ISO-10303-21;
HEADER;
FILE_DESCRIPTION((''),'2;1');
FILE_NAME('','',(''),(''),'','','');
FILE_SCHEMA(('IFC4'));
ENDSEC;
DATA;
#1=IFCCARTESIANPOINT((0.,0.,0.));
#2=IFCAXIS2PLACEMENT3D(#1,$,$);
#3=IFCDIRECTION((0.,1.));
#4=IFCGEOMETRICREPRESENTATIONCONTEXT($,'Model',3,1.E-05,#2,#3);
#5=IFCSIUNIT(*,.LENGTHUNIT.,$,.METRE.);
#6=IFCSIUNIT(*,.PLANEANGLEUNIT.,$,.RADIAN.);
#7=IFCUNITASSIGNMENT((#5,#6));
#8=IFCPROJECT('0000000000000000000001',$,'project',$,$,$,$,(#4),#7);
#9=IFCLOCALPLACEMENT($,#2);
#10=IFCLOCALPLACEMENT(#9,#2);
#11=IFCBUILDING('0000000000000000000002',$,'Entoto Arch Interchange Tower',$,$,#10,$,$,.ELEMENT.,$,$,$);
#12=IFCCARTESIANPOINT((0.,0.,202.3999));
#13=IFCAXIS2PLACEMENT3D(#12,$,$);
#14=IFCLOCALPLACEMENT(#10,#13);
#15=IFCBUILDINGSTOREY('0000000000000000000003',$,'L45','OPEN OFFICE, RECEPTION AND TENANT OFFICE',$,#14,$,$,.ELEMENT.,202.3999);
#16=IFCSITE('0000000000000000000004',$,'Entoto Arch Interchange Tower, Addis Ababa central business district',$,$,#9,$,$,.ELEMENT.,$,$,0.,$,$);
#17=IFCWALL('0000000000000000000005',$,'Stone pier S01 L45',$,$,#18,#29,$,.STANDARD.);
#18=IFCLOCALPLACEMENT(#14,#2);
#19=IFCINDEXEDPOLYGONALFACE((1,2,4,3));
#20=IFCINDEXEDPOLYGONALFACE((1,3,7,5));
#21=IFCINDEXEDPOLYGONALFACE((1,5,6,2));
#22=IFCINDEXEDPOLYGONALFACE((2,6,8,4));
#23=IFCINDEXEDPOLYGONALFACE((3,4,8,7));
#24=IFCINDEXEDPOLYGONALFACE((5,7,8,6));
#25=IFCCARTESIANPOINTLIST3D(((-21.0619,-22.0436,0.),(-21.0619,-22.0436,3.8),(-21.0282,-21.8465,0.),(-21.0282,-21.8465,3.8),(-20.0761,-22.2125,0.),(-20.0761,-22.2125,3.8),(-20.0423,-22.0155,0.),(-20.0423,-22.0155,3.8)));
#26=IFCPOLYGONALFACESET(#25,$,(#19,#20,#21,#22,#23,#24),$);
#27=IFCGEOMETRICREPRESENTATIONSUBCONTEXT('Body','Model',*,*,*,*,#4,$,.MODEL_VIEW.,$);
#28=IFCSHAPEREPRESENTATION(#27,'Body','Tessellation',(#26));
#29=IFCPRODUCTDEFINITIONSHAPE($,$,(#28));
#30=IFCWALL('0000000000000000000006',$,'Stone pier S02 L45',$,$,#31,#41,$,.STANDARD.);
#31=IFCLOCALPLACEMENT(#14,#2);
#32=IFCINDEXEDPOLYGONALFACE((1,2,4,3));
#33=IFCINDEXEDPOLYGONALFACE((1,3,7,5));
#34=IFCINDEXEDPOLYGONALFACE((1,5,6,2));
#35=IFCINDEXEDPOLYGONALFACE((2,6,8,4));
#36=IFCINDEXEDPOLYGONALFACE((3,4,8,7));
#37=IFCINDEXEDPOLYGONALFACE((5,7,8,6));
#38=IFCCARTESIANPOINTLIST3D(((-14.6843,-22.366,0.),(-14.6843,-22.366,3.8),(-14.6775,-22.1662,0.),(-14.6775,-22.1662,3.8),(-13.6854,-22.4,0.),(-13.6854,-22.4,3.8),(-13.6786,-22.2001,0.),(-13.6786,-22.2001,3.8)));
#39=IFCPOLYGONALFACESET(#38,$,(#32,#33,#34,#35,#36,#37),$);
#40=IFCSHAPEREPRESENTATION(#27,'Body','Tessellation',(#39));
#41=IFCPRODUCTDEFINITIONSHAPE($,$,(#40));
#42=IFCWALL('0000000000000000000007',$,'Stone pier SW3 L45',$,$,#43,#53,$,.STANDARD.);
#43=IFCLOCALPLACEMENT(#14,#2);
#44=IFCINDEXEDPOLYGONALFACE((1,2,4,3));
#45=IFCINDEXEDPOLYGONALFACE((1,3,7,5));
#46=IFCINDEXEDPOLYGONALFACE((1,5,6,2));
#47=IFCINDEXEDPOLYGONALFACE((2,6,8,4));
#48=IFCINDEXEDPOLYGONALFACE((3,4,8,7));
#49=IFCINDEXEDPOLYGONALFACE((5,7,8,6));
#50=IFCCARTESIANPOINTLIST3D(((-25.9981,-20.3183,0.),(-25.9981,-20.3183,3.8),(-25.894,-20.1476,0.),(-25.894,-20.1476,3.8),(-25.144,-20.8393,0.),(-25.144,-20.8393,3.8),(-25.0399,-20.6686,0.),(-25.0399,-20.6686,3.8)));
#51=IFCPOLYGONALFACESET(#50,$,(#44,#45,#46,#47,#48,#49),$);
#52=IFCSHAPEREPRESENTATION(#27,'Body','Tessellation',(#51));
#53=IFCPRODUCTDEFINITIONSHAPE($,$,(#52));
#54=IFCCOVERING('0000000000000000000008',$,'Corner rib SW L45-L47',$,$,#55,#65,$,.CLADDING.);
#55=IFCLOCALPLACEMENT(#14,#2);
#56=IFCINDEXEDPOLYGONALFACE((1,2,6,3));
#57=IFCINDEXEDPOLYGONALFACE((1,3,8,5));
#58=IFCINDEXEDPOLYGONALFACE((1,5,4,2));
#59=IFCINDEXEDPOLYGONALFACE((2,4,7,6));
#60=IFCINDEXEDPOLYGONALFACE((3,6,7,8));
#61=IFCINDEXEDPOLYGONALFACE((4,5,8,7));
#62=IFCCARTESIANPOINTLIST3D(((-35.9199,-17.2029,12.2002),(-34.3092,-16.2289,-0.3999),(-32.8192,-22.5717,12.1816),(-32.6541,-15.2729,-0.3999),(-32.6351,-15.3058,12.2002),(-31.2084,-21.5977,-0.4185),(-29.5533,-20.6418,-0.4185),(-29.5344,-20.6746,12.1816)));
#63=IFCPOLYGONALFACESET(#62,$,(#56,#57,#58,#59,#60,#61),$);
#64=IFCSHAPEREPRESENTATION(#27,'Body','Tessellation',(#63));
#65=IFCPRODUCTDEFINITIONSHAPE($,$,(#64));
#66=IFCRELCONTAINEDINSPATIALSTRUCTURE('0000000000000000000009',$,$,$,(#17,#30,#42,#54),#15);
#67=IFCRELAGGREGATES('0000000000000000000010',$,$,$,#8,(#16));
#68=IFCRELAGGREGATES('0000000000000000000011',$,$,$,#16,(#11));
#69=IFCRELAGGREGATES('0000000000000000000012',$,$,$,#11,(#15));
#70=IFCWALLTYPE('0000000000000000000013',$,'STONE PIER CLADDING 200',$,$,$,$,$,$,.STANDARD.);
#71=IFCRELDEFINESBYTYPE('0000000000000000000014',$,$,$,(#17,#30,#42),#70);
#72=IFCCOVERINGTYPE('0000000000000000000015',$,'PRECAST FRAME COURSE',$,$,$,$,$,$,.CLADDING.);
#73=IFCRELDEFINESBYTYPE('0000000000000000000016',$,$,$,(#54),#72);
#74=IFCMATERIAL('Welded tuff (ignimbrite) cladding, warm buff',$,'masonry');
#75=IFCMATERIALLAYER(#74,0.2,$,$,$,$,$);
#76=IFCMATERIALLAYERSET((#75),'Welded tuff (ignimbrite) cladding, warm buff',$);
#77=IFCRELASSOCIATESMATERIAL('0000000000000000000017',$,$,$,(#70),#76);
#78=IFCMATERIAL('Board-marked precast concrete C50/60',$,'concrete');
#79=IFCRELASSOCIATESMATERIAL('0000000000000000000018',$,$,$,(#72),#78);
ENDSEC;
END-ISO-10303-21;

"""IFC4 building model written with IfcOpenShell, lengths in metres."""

from ifc_helpers import new_model, si_unit, direction, frame, frame_2d, origin, place, context, subcontext, project, spatial, polyline, rectangle, outline, extrude, material, layer, layer_set, type_object, element, save


model = new_model("IFC4")

# Units and contexts
model_context = context("Model", 3, precision=1e-05, world=origin(), true_north=direction((0.0, 1.0)))
body_context = subcontext(model_context, "Body", "Model", "MODEL_VIEW")
ifc_project = project(units=[si_unit("LENGTHUNIT", "METRE"), si_unit("PLANEANGLEUNIT", "RADIAN")], contexts=[model_context])

# Site, building, storey
site_placement = place(None, origin())
site = spatial("IfcSite", under=ifc_project, at=site_placement, Name="Entoto Arch Interchange Tower, Addis Ababa central business district", CompositionType="ELEMENT", RefElevation=0.0)
building_placement = place(site_placement, origin())
building = spatial("IfcBuilding", under=site, at=building_placement, Name="Entoto Arch Interchange Tower", CompositionType="ELEMENT")
storey_placement = place(building_placement, frame((0.0, 0.0, 202.3999)))
storey = spatial("IfcBuildingStorey", under=building, at=storey_placement, Name="L45", Description="OPEN OFFICE, RECEPTION AND TENANT OFFICE", CompositionType="ELEMENT", Elevation=202.3999)

# Shared definitions
ifc_material_1 = material(Name="Welded tuff (ignimbrite) cladding, warm buff", Category="masonry")

# Walls
ifc_layer_1 = layer(ifc_material_1, 0.2)
ifc_layer_set_1 = layer_set([ifc_layer_1], Name="Welded tuff (ignimbrite) cladding, warm buff")
wall_type_1 = type_object("IfcWallType", Name="STONE PIER CLADDING 200", PredefinedType="STANDARD", material=ifc_layer_set_1)
wall_1_placement = place(storey_placement, frame((-21.0449, -21.9451, 0.0), z_axis=(0.0, 0.0, 1.0), x_axis=(0.985632, -0.16891, 0.0)))
element("IfcWall", 1, at=wall_1_placement, inside=storey, type_object=wall_type_1, Name="Stone pier S01 L45", PredefinedType="STANDARD", context=body_context, shape_type="SweptSolid", body=[
    extrude(rectangle(XDim=1.0002, YDim=0.2, at=frame_2d((0.5, 0.0))), origin(), (0.0, 0.0, 1.0), 3.8),
])
wall_2_placement = place(storey_placement, frame((-14.6809, -22.2661, 0.0), z_axis=(0.0, 0.0, 1.0), x_axis=(0.999424, -0.033949, 0.0)))
element("IfcWall", 2, at=wall_2_placement, inside=storey, type_object=wall_type_1, Name="Stone pier S02 L45", PredefinedType="STANDARD", context=body_context, shape_type="SweptSolid", body=[
    extrude(rectangle(XDim=0.9995, YDim=0.2, at=frame_2d((0.4998, 0.0))), origin(), (0.0, 0.0, 1.0), 3.8),
])
wall_3_placement = place(storey_placement, frame((-25.946, -20.2329, 0.0), z_axis=(0.0, 0.0, 1.0), x_axis=(0.85368, -0.520798, 0.0)))
element("IfcWall", 3, at=wall_3_placement, inside=storey, type_object=wall_type_1, Name="Stone pier SW3 L45", PredefinedType="STANDARD", context=body_context, shape_type="SweptSolid", body=[
    extrude(rectangle(XDim=1.0005, YDim=0.2, at=frame_2d((0.5002, 0.0))), origin(), (0.0, 0.0, 1.0), 3.8),
])

# Covering
ifc_material_2 = material(Name="Board-marked precast concrete C50/60", Category="concrete")
covering_type = type_object("IfcCoveringType", Name="PRECAST FRAME COURSE", PredefinedType="CLADDING", material=ifc_material_2)
covering_placement = place(storey_placement, frame((-32.6541, -15.2729, -0.3999), z_axis=(-0.500123, 0.865949, 0.003007), x_axis=(-0.865953, -0.500125, 0.0)))
element("IfcCovering", 4, at=covering_placement, inside=storey, type_object=covering_type, Name="Corner rib SW L45-L47", PredefinedType="CLADDING", context=body_context, shape_type="SweptSolid", body=[
    extrude(outline(polyline([(0.0, 0.0), (1.9113, 0.0), (3.7933, 12.6002), (0.0, 12.6002), (0.0, 0.0)])), origin(), (0.0, 0.0, -1.0), 6.2),
])

save(model, "model.ifc")
